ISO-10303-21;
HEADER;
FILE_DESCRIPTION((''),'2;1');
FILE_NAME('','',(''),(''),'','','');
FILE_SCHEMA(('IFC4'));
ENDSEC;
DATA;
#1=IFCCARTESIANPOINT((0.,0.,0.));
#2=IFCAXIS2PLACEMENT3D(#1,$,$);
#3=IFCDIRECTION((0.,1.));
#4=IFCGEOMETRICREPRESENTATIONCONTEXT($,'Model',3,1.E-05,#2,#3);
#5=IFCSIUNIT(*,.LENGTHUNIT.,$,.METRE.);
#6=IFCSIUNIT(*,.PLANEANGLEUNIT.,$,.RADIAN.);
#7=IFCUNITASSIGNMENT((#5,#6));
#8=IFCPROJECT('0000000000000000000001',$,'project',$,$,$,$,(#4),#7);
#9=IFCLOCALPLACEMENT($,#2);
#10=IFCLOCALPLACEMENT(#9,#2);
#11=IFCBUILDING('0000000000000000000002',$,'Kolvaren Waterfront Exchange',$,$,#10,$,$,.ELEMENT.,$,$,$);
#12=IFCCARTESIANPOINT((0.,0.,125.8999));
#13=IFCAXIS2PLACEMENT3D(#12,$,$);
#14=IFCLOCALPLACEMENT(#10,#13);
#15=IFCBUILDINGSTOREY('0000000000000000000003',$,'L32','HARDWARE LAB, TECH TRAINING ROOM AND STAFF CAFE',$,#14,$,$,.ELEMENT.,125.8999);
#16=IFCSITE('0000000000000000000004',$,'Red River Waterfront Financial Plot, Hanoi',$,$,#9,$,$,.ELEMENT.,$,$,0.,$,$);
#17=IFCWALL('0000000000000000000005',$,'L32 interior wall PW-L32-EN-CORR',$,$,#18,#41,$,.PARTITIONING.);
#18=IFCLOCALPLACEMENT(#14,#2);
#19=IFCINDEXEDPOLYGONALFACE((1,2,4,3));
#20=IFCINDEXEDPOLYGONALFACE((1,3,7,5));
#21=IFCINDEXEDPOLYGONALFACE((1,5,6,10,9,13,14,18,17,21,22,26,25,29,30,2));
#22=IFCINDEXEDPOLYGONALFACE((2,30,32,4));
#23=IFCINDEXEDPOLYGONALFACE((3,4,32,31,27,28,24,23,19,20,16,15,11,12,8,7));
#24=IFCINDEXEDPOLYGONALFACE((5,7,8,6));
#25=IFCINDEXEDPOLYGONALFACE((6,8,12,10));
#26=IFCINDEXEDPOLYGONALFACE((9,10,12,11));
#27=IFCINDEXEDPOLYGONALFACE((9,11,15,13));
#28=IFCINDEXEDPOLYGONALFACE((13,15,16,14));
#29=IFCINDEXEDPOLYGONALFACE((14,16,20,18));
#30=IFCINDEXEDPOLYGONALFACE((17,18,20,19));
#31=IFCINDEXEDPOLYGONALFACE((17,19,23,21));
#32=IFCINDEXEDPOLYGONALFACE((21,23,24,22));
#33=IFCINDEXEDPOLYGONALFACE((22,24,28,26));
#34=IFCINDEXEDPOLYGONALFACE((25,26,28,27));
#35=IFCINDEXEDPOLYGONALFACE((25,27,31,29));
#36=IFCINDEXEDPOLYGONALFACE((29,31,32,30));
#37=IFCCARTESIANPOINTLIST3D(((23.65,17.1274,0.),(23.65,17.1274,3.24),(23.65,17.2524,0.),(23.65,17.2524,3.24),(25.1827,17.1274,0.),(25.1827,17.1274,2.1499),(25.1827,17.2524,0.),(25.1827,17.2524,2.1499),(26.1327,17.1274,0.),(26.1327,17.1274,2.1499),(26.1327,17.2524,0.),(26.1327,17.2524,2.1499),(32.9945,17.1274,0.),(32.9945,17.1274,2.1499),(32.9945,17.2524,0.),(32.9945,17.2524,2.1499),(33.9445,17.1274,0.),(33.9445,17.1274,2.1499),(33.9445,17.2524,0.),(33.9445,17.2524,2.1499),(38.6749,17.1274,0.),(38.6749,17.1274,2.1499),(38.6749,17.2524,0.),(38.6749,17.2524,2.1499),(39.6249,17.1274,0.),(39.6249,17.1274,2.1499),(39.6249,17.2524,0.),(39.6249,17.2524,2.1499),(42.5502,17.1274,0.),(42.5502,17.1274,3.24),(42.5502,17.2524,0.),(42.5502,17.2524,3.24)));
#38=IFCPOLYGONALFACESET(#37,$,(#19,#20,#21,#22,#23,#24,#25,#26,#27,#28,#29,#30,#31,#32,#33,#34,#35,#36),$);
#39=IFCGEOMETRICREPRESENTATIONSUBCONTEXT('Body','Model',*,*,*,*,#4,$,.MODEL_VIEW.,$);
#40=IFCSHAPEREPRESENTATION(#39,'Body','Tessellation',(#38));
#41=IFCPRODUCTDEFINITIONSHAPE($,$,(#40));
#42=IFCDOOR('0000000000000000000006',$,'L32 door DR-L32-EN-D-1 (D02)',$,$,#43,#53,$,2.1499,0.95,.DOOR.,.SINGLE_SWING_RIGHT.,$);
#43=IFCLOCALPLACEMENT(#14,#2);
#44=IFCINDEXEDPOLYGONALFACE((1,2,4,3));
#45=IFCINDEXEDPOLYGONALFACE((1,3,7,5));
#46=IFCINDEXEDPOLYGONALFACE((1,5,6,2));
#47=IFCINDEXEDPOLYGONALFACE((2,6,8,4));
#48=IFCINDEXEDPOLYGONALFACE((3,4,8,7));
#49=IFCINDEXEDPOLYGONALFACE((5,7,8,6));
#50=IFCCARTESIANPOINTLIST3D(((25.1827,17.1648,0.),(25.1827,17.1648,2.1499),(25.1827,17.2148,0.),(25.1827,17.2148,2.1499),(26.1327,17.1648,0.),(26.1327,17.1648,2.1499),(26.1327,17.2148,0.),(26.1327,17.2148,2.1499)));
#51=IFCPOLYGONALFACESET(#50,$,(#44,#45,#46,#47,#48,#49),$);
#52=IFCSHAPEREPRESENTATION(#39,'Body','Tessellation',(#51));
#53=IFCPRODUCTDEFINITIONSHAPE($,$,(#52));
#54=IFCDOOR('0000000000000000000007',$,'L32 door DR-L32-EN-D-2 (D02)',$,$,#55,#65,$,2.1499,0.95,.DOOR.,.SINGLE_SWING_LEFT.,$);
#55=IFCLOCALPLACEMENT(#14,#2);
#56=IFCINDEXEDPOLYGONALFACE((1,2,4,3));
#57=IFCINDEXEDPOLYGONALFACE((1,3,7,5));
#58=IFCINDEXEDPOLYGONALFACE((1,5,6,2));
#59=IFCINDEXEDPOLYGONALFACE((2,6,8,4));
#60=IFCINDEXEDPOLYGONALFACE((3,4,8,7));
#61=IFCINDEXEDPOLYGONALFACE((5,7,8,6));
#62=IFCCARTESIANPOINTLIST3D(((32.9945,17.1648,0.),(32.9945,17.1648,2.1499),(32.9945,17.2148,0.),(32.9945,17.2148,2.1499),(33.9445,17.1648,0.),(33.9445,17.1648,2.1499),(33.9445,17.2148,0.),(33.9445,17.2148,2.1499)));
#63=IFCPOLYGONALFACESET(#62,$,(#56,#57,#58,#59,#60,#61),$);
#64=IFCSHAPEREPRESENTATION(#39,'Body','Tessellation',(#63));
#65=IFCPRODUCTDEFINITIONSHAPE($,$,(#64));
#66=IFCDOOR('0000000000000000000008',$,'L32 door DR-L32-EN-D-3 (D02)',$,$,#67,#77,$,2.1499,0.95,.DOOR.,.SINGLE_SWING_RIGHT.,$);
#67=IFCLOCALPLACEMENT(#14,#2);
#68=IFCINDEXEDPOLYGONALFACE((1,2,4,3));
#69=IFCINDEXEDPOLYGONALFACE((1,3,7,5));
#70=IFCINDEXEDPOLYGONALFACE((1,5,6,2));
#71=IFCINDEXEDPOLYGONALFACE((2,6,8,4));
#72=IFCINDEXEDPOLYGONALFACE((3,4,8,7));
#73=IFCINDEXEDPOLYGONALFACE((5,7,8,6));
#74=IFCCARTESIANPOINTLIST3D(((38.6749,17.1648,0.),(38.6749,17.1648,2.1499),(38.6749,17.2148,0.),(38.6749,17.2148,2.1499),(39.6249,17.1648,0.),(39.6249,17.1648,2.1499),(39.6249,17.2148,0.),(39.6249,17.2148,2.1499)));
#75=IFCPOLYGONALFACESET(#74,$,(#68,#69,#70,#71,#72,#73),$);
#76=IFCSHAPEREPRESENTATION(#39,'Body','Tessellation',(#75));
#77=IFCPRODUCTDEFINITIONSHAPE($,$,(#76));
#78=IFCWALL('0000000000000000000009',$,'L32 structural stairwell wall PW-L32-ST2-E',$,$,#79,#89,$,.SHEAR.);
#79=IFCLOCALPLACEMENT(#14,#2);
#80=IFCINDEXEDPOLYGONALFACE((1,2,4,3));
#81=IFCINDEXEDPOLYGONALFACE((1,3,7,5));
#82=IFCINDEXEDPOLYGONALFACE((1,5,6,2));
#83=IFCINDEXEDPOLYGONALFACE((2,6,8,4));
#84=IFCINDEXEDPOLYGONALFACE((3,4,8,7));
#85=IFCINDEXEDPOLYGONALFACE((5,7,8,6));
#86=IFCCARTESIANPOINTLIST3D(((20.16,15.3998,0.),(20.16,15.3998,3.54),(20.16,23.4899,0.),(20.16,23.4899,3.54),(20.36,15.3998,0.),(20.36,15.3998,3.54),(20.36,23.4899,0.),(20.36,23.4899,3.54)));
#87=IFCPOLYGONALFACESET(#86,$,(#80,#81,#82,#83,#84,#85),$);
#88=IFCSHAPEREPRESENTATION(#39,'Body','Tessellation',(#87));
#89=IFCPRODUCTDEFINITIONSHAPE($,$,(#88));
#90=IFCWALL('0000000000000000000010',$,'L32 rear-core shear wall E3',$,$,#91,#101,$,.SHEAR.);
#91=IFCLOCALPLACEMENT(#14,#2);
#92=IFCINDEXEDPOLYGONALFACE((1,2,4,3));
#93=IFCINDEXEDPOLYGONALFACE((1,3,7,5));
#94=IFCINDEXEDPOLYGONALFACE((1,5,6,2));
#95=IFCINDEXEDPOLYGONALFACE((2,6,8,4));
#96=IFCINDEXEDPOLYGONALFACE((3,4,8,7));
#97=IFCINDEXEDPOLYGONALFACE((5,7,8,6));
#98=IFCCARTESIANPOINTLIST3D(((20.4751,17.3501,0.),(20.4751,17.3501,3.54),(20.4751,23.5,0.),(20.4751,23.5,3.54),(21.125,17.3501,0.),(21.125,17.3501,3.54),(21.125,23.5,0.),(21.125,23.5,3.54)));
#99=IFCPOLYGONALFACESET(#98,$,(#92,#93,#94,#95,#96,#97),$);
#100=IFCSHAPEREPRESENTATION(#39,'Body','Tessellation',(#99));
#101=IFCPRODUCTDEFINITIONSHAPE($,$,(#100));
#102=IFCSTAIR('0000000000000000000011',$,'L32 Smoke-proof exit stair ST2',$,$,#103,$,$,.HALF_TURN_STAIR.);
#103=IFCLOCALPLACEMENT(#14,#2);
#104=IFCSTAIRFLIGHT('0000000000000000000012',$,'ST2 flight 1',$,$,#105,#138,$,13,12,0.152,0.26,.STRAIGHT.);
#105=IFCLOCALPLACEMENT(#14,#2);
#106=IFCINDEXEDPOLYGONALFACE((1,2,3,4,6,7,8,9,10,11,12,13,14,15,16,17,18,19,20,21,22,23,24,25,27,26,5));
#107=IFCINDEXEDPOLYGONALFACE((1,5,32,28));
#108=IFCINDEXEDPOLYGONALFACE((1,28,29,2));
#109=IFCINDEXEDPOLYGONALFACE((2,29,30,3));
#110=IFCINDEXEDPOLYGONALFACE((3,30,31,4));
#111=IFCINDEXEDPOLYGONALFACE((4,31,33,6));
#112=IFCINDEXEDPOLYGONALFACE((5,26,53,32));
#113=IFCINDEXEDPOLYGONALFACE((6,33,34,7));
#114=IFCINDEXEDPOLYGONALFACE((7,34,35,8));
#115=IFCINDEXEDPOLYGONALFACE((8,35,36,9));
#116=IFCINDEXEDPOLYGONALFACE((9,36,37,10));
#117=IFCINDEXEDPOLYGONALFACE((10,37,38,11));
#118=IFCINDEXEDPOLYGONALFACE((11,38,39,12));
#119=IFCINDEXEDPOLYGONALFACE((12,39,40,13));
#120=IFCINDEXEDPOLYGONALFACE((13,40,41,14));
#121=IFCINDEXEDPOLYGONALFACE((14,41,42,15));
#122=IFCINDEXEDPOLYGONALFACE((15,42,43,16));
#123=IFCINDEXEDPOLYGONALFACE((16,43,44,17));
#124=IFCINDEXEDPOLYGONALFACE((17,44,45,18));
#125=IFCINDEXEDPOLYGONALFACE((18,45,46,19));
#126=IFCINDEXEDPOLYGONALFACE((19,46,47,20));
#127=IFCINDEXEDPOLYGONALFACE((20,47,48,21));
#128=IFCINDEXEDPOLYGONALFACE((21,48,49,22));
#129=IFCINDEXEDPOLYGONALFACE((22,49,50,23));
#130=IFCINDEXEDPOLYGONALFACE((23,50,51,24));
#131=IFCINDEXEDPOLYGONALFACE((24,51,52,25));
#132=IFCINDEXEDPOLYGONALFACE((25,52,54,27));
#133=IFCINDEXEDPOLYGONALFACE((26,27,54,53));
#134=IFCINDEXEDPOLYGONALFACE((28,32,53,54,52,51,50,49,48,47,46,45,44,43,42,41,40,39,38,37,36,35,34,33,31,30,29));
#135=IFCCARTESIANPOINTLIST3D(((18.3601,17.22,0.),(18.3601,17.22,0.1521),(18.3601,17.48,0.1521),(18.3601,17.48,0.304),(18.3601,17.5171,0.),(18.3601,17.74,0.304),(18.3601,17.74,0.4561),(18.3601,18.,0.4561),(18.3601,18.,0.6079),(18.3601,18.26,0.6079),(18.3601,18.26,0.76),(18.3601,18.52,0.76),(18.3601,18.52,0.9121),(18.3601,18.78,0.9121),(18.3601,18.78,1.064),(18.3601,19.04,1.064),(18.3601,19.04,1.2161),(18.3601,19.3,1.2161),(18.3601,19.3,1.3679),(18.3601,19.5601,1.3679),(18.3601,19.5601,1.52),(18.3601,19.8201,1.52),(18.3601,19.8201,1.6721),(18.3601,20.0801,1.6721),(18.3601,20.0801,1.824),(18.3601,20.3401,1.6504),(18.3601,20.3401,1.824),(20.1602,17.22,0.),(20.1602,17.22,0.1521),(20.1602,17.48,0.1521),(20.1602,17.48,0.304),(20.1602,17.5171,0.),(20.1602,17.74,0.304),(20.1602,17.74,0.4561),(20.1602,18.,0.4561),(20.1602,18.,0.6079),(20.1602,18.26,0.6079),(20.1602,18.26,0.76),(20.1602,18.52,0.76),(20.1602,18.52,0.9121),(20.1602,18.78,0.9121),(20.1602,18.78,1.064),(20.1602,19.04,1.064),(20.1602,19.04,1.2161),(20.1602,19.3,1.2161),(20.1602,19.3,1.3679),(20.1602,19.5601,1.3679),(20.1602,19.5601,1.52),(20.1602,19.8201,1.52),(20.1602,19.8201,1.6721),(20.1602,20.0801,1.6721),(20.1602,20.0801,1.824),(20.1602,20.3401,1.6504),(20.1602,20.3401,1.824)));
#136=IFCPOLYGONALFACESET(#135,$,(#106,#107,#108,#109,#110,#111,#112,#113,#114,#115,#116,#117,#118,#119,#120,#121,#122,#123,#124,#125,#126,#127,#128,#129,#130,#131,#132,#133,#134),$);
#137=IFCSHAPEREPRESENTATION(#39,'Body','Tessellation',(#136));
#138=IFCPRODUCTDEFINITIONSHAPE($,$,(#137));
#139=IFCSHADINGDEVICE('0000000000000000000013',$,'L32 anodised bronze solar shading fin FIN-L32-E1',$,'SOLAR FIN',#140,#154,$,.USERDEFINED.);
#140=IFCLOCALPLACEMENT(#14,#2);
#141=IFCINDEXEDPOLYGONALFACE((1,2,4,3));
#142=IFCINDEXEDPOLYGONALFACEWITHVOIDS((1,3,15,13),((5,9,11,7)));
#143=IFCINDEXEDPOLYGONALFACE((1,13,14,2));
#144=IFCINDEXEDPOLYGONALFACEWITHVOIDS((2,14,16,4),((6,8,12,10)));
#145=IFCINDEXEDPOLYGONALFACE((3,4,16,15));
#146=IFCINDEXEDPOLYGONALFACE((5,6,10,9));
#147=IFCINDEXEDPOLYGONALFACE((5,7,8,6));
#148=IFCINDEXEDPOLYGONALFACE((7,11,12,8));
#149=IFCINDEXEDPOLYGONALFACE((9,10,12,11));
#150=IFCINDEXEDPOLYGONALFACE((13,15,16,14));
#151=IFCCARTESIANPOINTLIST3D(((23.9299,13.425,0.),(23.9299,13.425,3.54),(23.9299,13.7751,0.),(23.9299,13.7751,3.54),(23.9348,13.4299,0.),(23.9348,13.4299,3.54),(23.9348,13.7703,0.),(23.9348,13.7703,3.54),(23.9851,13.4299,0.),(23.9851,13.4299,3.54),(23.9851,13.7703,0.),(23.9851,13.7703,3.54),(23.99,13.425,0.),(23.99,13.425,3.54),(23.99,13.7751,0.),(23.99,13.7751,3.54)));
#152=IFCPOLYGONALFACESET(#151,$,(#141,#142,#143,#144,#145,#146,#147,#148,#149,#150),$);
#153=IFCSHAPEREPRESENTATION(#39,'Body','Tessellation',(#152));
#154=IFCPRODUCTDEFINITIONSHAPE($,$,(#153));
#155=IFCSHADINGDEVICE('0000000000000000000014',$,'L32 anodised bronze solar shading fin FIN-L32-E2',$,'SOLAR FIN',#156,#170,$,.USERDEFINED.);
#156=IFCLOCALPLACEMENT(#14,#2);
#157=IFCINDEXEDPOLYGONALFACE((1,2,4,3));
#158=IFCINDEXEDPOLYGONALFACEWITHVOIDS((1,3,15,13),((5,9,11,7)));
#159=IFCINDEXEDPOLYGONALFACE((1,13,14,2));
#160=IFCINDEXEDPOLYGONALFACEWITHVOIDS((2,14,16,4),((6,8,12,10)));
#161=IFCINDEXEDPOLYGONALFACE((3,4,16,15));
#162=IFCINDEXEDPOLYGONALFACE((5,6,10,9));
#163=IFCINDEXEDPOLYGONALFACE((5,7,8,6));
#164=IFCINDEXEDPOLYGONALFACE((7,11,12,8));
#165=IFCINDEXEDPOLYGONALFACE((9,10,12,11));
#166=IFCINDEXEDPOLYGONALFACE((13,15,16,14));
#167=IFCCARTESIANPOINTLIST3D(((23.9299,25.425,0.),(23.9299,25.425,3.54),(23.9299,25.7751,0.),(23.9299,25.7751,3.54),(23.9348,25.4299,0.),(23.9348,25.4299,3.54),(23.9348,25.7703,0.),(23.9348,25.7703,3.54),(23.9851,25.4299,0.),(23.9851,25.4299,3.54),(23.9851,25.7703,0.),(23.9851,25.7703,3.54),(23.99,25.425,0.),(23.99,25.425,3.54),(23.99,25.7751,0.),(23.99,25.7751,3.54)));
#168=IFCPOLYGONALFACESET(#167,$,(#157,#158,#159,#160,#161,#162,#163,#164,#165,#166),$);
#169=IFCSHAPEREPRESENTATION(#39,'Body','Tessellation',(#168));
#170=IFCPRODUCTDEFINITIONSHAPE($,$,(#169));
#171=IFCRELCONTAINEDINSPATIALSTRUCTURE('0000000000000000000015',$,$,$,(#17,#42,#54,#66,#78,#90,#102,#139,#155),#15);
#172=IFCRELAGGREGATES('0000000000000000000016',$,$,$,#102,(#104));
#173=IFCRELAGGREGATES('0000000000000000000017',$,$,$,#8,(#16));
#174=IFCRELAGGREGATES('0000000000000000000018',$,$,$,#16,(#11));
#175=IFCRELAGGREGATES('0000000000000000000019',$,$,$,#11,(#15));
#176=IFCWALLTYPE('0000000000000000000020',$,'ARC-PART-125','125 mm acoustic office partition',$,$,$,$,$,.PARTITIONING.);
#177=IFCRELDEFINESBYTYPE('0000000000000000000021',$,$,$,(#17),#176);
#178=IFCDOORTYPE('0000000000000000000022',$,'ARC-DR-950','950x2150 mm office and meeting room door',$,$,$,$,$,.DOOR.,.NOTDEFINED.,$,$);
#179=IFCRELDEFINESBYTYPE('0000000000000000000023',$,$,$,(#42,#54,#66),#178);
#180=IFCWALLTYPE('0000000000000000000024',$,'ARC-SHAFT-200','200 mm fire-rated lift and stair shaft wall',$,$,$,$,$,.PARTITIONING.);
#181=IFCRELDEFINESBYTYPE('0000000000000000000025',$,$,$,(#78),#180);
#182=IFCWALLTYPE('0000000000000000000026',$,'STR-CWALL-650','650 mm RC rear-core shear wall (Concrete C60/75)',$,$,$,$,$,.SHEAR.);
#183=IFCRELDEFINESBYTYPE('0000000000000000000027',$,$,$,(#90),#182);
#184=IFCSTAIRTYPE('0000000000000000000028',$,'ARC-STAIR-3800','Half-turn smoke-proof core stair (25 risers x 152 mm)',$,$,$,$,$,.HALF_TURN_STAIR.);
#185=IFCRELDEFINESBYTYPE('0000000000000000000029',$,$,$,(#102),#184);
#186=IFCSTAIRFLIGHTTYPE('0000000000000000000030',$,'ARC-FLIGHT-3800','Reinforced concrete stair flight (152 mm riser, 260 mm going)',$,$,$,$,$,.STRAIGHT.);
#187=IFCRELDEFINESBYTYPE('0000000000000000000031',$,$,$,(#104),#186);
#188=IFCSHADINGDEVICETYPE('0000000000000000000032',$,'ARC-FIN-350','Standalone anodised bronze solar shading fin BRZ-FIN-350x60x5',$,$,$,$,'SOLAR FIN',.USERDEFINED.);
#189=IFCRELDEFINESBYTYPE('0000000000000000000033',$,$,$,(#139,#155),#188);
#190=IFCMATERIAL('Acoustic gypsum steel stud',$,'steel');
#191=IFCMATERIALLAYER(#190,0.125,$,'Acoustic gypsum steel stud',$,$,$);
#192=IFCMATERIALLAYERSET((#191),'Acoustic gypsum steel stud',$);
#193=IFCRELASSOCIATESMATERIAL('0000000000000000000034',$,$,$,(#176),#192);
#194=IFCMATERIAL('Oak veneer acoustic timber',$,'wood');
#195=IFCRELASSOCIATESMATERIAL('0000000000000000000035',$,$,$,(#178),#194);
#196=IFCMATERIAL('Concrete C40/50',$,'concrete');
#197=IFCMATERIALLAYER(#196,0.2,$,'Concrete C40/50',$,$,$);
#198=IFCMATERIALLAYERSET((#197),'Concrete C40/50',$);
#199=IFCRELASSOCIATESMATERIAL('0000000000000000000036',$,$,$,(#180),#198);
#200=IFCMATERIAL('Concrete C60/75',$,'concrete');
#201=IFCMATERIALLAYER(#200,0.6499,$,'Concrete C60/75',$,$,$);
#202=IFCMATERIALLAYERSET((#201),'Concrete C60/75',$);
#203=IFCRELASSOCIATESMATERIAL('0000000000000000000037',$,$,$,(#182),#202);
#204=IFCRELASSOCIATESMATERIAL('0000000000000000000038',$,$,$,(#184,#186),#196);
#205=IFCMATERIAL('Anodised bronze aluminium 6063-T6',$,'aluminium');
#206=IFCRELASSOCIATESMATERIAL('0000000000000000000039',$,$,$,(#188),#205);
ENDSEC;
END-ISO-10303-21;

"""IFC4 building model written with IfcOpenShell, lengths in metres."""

from ifc_helpers import new_model, si_unit, direction, frame, frame_2d, origin, origin_2d, place, context, subcontext, project, spatial, polyline, rectangle, hollow_rectangle, outline, extrude, material, layer, layer_set, material_profile, profile_set, type_object, element, fill, aggregate, save


model = new_model("IFC4")

# Units and contexts
model_context = context("Model", 3, precision=1e-05, world=origin(), true_north=direction((0.0, 1.0)))
body_context = subcontext(model_context, "Body", "Model", "MODEL_VIEW")
ifc_project = project(units=[si_unit("LENGTHUNIT", "METRE"), si_unit("PLANEANGLEUNIT", "RADIAN")], contexts=[model_context])

# Site, building, storey
site_placement = place(None, origin())
site = spatial("IfcSite", under=ifc_project, at=site_placement, Name="Red River Waterfront Financial Plot, Hanoi", CompositionType="ELEMENT", RefElevation=0.0)
building_placement = place(site_placement, origin())
building = spatial("IfcBuilding", under=site, at=building_placement, Name="Kolvaren Waterfront Exchange", CompositionType="ELEMENT")
storey_placement = place(building_placement, frame((0.0, 0.0, 125.8999)))
storey = spatial("IfcBuildingStorey", under=building, at=storey_placement, Name="L32", Description="HARDWARE LAB, TECH TRAINING ROOM AND STAFF CAFE", CompositionType="ELEMENT", Elevation=125.8999)

# Shared definitions
ifc_material_1 = material(Name="Concrete C60/75", Category="concrete")

# Shared definitions
ifc_material_2 = material(Name="Anodised bronze aluminium 6063-T6", Category="aluminium")

# Shared definitions
ifc_material_3 = material(Name="Acoustic gypsum steel stud", Category="steel")
ifc_layer_1 = layer(ifc_material_3, 0.125, Name="Acoustic gypsum steel stud")
ifc_layer_set_1 = layer_set([ifc_layer_1], Name="Acoustic gypsum steel stud")
wall_type_1 = type_object("IfcWallType", Name="ARC-PART-125", Description="125 mm acoustic office partition", PredefinedType="PARTITIONING", material=ifc_layer_set_1)
ifc_material_4 = material(Name="Oak veneer acoustic timber", Category="wood")
door_type_1 = type_object("IfcDoorType", Name="ARC-DR-950", Description="950x2150 mm office and meeting room door", OperationType="NOTDEFINED", PredefinedType="DOOR", material=ifc_material_4)

# Wall, openings, doors
wall_1_placement = place(storey_placement, frame((23.6499, 17.1899, 0.0), z_axis=(0.0, 0.0, 1.0), x_axis=(1.0, 0.0, 0.0)))
wall_1 = element("IfcWall", 1, at=wall_1_placement, inside=storey, type_object=wall_type_1, Name="L32 interior wall PW-L32-EN-CORR", PredefinedType="PARTITIONING", context=body_context, shape_type="SweptSolid", body=[
    extrude(rectangle(XDim=18.9001, YDim=0.125, at=frame_2d((9.4502, 0.0))), origin(), (0.0, 0.0, 1.0), 3.24),
])
opening_1_placement = place(wall_1_placement, frame((1.5327, 0.0, 0.0)))
opening_1 = element("IfcOpeningElement", 2, at=opening_1_placement, cuts=wall_1, PredefinedType="OPENING", context=body_context, shape_type="SweptSolid", body=[
    extrude(rectangle(XDim=0.95, YDim=2.1499, at=frame_2d((0.4751, 1.075))), frame((0.0, 0.0725, 0.0), z_axis=(0.0, -1.0, 0.0), x_axis=(1.0, 0.0, 0.0)), (0.0, 0.0, 1.0), 0.145),
])
opening_2_placement = place(wall_1_placement, frame((9.3445, 0.0, 0.0)))
opening_2 = element("IfcOpeningElement", 3, at=opening_2_placement, cuts=wall_1, PredefinedType="OPENING", context=body_context, shape_type="SweptSolid", body=[
    extrude(rectangle(XDim=0.95, YDim=2.1499, at=frame_2d((0.4751, 1.075))), frame((0.0, 0.0725, 0.0), z_axis=(0.0, -1.0, 0.0), x_axis=(1.0, 0.0, 0.0)), (0.0, 0.0, 1.0), 0.145),
])
opening_3_placement = place(wall_1_placement, frame((15.0249, 0.0, 0.0)))
opening_3 = element("IfcOpeningElement", 4, at=opening_3_placement, cuts=wall_1, PredefinedType="OPENING", context=body_context, shape_type="SweptSolid", body=[
    extrude(rectangle(XDim=0.95, YDim=2.1499, at=frame_2d((0.4751, 1.075))), frame((0.0, 0.0725, 0.0), z_axis=(0.0, -1.0, 0.0), x_axis=(1.0, 0.0, 0.0)), (0.0, 0.0, 1.0), 0.145),
])
door_1_placement = place(opening_1_placement, origin())
door_1 = element("IfcDoor", 5, at=door_1_placement, inside=storey, type_object=door_type_1, Name="L32 door DR-L32-EN-D-1 (D02)", OperationType="SINGLE_SWING_RIGHT", OverallHeight=2.1499, OverallWidth=0.95, PredefinedType="DOOR", context=body_context, shape_type="SweptSolid", body=[
    extrude(rectangle(XDim=0.95, YDim=2.1499, at=frame_2d((0.4751, 1.075))), frame((0.0, 0.0249, 0.0), z_axis=(0.0, -1.0, 0.0), x_axis=(1.0, 0.0, 0.0)), (0.0, 0.0, 1.0), 0.05),
])
fill(opening_1, door_1)
door_2_placement = place(opening_2_placement, origin())
door_2 = element("IfcDoor", 6, at=door_2_placement, inside=storey, type_object=door_type_1, Name="L32 door DR-L32-EN-D-2 (D02)", OperationType="SINGLE_SWING_LEFT", OverallHeight=2.1499, OverallWidth=0.95, PredefinedType="DOOR", context=body_context, shape_type="SweptSolid", body=[
    extrude(rectangle(XDim=0.95, YDim=2.1499, at=frame_2d((0.4751, 1.075))), frame((0.0, 0.0249, 0.0), z_axis=(0.0, -1.0, 0.0), x_axis=(1.0, 0.0, 0.0)), (0.0, 0.0, 1.0), 0.05),
])
fill(opening_2, door_2)
door_3_placement = place(opening_3_placement, origin())
door_3 = element("IfcDoor", 7, at=door_3_placement, inside=storey, type_object=door_type_1, Name="L32 door DR-L32-EN-D-3 (D02)", OperationType="SINGLE_SWING_RIGHT", OverallHeight=2.1499, OverallWidth=0.95, PredefinedType="DOOR", context=body_context, shape_type="SweptSolid", body=[
    extrude(rectangle(XDim=0.95, YDim=2.1499, at=frame_2d((0.4751, 1.075))), frame((0.0, 0.0249, 0.0), z_axis=(0.0, -1.0, 0.0), x_axis=(1.0, 0.0, 0.0)), (0.0, 0.0, 1.0), 0.05),
])
fill(opening_3, door_3)

# Walls
ifc_material_5 = material(Name="Concrete C40/50", Category="concrete")
ifc_layer_2 = layer(ifc_material_5, 0.2, Name="Concrete C40/50")
ifc_layer_set_2 = layer_set([ifc_layer_2], Name="Concrete C40/50")
wall_type_2 = type_object("IfcWallType", Name="ARC-SHAFT-200", Description="200 mm fire-rated lift and stair shaft wall", PredefinedType="PARTITIONING", material=ifc_layer_set_2)
wall_2_placement = place(storey_placement, frame((20.26, 15.3999, 0.0), z_axis=(0.0, 0.0, 1.0), x_axis=(0.0, 1.0, 0.0)))
element("IfcWall", 8, at=wall_2_placement, inside=storey, type_object=wall_type_2, Name="L32 structural stairwell wall PW-L32-ST2-E", PredefinedType="SHEAR", context=body_context, shape_type="SweptSolid", body=[
    extrude(rectangle(XDim=8.0901, YDim=0.2, at=frame_2d((4.0449, 0.0))), origin(), (0.0, 0.0, 1.0), 3.54),
])
ifc_layer_3 = layer(ifc_material_1, 0.6499, Name="Concrete C60/75")
ifc_layer_set_3 = layer_set([ifc_layer_3], Name="Concrete C60/75")
wall_type_3 = type_object("IfcWallType", Name="STR-CWALL-650", Description="650 mm RC rear-core shear wall (Concrete C60/75)", PredefinedType="SHEAR", material=ifc_layer_set_3)
wall_3_placement = place(storey_placement, frame((20.8, 17.3501, 0.0), z_axis=(0.0, 0.0, 1.0), x_axis=(0.0, 1.0, 0.0)))
element("IfcWall", 9, at=wall_3_placement, inside=storey, type_object=wall_type_3, Name="L32 rear-core shear wall E3", PredefinedType="SHEAR", context=body_context, shape_type="SweptSolid", body=[
    extrude(rectangle(XDim=6.1499, YDim=0.6499, at=frame_2d((3.075, 0.0))), origin(), (0.0, 0.0, 1.0), 3.54),
])

# Stair, stair flight
stair_type = type_object("IfcStairType", Name="ARC-STAIR-3800", Description="Half-turn smoke-proof core stair (25 risers x 152 mm)", PredefinedType="HALF_TURN_STAIR", material=ifc_material_5)
stair_placement = place(storey_placement, origin())
stair = element("IfcStair", 10, at=stair_placement, inside=storey, type_object=stair_type, Name="L32 Smoke-proof exit stair ST2", PredefinedType="HALF_TURN_STAIR")
stair_flight_type = type_object("IfcStairFlightType", Name="ARC-FLIGHT-3800", Description="Reinforced concrete stair flight (152 mm riser, 260 mm going)", PredefinedType="STRAIGHT", material=ifc_material_5)
stair_flight_placement = place(storey_placement, frame((19.26, 17.22, 0.0), z_axis=(0.0, 0.0, 1.0), x_axis=(0.0, 1.0, 0.0)))
stair_flight = element("IfcStairFlight", 11, at=stair_flight_placement, type_object=stair_flight_type, Name="ST2 flight 1", NumberOfRisers=13, NumberOfTreads=12, PredefinedType="STRAIGHT", RiserHeight=0.152, TreadLength=0.26, context=body_context, shape_type="SweptSolid", body=[
    extrude(outline(polyline([(0.0, 0.0), (0.0, 0.1521), (0.26, 0.1521), (0.26, 0.304), (0.52, 0.304), (0.52, 0.4561), (0.78, 0.4561), (0.78, 0.6079), (1.04, 0.6079), (1.04, 0.76), (1.3, 0.76), (1.3, 0.9121), (1.5601, 0.9121), (1.5601, 1.064), (1.8201, 1.064), (1.8201, 1.2161), (2.0801, 1.2161), (2.0801, 1.3679), (2.3401, 1.3679), (2.3401, 1.52), (2.6001, 1.52), (2.6001, 1.6721), (2.8601, 1.6721), (2.8601, 1.824), (3.1201, 1.824), (3.1201, 1.9761), (3.1201, 1.6504), (0.2971, 0.0), (0.0, 0.0)])), frame((0.0, 0.8999, 0.0), z_axis=(0.0, -1.0, 0.0), x_axis=(1.0, 0.0, 0.0)), (0.0, 0.0, 1.0), 1.8),
])
aggregate(stair, [stair_flight])

# Shading devices
ifc_material_profile_1 = material_profile(ifc_material_2, hollow_rectangle(XDim=0.0601, YDim=0.3501, WallThickness=0.0049, at=origin_2d()), Name="BRZ-FIN-350x60x5")
ifc_profile_set_1 = profile_set([ifc_material_profile_1], Name="Anodised bronze aluminium 6063-T6")
shading_device_type = type_object("IfcShadingDeviceType", Name="ARC-FIN-350", Description="Standalone anodised bronze solar shading fin BRZ-FIN-350x60x5", ElementType="SOLAR FIN", PredefinedType="USERDEFINED", material=ifc_profile_set_1)
for number, where, z_axis, x_axis, name in (
    (12, (23.96, 13.6001, 0.0), (0.0, 0.0, 1.0), (1.0, 0.0, 0.0), "L32 anodised bronze solar shading fin FIN-L32-E1"),
    (13, (23.96, 25.6001, 0.0), (0.0, 0.0, 1.0), (1.0, 0.0, 0.0), "L32 anodised bronze solar shading fin FIN-L32-E2"),
):
    element("IfcShadingDevice", number, at=place(storey_placement, frame(where, z_axis=z_axis, x_axis=x_axis)), inside=storey, type_object=shading_device_type, Name=name, ObjectType="SOLAR FIN", PredefinedType="USERDEFINED", context=body_context, shape_type="SweptSolid", body=[
        extrude(hollow_rectangle(XDim=0.0601, YDim=0.3501, WallThickness=0.0049, at=origin_2d()), origin(), (0.0, 0.0, 1.0), 3.54),
    ])

save(model, "model.ifc")
